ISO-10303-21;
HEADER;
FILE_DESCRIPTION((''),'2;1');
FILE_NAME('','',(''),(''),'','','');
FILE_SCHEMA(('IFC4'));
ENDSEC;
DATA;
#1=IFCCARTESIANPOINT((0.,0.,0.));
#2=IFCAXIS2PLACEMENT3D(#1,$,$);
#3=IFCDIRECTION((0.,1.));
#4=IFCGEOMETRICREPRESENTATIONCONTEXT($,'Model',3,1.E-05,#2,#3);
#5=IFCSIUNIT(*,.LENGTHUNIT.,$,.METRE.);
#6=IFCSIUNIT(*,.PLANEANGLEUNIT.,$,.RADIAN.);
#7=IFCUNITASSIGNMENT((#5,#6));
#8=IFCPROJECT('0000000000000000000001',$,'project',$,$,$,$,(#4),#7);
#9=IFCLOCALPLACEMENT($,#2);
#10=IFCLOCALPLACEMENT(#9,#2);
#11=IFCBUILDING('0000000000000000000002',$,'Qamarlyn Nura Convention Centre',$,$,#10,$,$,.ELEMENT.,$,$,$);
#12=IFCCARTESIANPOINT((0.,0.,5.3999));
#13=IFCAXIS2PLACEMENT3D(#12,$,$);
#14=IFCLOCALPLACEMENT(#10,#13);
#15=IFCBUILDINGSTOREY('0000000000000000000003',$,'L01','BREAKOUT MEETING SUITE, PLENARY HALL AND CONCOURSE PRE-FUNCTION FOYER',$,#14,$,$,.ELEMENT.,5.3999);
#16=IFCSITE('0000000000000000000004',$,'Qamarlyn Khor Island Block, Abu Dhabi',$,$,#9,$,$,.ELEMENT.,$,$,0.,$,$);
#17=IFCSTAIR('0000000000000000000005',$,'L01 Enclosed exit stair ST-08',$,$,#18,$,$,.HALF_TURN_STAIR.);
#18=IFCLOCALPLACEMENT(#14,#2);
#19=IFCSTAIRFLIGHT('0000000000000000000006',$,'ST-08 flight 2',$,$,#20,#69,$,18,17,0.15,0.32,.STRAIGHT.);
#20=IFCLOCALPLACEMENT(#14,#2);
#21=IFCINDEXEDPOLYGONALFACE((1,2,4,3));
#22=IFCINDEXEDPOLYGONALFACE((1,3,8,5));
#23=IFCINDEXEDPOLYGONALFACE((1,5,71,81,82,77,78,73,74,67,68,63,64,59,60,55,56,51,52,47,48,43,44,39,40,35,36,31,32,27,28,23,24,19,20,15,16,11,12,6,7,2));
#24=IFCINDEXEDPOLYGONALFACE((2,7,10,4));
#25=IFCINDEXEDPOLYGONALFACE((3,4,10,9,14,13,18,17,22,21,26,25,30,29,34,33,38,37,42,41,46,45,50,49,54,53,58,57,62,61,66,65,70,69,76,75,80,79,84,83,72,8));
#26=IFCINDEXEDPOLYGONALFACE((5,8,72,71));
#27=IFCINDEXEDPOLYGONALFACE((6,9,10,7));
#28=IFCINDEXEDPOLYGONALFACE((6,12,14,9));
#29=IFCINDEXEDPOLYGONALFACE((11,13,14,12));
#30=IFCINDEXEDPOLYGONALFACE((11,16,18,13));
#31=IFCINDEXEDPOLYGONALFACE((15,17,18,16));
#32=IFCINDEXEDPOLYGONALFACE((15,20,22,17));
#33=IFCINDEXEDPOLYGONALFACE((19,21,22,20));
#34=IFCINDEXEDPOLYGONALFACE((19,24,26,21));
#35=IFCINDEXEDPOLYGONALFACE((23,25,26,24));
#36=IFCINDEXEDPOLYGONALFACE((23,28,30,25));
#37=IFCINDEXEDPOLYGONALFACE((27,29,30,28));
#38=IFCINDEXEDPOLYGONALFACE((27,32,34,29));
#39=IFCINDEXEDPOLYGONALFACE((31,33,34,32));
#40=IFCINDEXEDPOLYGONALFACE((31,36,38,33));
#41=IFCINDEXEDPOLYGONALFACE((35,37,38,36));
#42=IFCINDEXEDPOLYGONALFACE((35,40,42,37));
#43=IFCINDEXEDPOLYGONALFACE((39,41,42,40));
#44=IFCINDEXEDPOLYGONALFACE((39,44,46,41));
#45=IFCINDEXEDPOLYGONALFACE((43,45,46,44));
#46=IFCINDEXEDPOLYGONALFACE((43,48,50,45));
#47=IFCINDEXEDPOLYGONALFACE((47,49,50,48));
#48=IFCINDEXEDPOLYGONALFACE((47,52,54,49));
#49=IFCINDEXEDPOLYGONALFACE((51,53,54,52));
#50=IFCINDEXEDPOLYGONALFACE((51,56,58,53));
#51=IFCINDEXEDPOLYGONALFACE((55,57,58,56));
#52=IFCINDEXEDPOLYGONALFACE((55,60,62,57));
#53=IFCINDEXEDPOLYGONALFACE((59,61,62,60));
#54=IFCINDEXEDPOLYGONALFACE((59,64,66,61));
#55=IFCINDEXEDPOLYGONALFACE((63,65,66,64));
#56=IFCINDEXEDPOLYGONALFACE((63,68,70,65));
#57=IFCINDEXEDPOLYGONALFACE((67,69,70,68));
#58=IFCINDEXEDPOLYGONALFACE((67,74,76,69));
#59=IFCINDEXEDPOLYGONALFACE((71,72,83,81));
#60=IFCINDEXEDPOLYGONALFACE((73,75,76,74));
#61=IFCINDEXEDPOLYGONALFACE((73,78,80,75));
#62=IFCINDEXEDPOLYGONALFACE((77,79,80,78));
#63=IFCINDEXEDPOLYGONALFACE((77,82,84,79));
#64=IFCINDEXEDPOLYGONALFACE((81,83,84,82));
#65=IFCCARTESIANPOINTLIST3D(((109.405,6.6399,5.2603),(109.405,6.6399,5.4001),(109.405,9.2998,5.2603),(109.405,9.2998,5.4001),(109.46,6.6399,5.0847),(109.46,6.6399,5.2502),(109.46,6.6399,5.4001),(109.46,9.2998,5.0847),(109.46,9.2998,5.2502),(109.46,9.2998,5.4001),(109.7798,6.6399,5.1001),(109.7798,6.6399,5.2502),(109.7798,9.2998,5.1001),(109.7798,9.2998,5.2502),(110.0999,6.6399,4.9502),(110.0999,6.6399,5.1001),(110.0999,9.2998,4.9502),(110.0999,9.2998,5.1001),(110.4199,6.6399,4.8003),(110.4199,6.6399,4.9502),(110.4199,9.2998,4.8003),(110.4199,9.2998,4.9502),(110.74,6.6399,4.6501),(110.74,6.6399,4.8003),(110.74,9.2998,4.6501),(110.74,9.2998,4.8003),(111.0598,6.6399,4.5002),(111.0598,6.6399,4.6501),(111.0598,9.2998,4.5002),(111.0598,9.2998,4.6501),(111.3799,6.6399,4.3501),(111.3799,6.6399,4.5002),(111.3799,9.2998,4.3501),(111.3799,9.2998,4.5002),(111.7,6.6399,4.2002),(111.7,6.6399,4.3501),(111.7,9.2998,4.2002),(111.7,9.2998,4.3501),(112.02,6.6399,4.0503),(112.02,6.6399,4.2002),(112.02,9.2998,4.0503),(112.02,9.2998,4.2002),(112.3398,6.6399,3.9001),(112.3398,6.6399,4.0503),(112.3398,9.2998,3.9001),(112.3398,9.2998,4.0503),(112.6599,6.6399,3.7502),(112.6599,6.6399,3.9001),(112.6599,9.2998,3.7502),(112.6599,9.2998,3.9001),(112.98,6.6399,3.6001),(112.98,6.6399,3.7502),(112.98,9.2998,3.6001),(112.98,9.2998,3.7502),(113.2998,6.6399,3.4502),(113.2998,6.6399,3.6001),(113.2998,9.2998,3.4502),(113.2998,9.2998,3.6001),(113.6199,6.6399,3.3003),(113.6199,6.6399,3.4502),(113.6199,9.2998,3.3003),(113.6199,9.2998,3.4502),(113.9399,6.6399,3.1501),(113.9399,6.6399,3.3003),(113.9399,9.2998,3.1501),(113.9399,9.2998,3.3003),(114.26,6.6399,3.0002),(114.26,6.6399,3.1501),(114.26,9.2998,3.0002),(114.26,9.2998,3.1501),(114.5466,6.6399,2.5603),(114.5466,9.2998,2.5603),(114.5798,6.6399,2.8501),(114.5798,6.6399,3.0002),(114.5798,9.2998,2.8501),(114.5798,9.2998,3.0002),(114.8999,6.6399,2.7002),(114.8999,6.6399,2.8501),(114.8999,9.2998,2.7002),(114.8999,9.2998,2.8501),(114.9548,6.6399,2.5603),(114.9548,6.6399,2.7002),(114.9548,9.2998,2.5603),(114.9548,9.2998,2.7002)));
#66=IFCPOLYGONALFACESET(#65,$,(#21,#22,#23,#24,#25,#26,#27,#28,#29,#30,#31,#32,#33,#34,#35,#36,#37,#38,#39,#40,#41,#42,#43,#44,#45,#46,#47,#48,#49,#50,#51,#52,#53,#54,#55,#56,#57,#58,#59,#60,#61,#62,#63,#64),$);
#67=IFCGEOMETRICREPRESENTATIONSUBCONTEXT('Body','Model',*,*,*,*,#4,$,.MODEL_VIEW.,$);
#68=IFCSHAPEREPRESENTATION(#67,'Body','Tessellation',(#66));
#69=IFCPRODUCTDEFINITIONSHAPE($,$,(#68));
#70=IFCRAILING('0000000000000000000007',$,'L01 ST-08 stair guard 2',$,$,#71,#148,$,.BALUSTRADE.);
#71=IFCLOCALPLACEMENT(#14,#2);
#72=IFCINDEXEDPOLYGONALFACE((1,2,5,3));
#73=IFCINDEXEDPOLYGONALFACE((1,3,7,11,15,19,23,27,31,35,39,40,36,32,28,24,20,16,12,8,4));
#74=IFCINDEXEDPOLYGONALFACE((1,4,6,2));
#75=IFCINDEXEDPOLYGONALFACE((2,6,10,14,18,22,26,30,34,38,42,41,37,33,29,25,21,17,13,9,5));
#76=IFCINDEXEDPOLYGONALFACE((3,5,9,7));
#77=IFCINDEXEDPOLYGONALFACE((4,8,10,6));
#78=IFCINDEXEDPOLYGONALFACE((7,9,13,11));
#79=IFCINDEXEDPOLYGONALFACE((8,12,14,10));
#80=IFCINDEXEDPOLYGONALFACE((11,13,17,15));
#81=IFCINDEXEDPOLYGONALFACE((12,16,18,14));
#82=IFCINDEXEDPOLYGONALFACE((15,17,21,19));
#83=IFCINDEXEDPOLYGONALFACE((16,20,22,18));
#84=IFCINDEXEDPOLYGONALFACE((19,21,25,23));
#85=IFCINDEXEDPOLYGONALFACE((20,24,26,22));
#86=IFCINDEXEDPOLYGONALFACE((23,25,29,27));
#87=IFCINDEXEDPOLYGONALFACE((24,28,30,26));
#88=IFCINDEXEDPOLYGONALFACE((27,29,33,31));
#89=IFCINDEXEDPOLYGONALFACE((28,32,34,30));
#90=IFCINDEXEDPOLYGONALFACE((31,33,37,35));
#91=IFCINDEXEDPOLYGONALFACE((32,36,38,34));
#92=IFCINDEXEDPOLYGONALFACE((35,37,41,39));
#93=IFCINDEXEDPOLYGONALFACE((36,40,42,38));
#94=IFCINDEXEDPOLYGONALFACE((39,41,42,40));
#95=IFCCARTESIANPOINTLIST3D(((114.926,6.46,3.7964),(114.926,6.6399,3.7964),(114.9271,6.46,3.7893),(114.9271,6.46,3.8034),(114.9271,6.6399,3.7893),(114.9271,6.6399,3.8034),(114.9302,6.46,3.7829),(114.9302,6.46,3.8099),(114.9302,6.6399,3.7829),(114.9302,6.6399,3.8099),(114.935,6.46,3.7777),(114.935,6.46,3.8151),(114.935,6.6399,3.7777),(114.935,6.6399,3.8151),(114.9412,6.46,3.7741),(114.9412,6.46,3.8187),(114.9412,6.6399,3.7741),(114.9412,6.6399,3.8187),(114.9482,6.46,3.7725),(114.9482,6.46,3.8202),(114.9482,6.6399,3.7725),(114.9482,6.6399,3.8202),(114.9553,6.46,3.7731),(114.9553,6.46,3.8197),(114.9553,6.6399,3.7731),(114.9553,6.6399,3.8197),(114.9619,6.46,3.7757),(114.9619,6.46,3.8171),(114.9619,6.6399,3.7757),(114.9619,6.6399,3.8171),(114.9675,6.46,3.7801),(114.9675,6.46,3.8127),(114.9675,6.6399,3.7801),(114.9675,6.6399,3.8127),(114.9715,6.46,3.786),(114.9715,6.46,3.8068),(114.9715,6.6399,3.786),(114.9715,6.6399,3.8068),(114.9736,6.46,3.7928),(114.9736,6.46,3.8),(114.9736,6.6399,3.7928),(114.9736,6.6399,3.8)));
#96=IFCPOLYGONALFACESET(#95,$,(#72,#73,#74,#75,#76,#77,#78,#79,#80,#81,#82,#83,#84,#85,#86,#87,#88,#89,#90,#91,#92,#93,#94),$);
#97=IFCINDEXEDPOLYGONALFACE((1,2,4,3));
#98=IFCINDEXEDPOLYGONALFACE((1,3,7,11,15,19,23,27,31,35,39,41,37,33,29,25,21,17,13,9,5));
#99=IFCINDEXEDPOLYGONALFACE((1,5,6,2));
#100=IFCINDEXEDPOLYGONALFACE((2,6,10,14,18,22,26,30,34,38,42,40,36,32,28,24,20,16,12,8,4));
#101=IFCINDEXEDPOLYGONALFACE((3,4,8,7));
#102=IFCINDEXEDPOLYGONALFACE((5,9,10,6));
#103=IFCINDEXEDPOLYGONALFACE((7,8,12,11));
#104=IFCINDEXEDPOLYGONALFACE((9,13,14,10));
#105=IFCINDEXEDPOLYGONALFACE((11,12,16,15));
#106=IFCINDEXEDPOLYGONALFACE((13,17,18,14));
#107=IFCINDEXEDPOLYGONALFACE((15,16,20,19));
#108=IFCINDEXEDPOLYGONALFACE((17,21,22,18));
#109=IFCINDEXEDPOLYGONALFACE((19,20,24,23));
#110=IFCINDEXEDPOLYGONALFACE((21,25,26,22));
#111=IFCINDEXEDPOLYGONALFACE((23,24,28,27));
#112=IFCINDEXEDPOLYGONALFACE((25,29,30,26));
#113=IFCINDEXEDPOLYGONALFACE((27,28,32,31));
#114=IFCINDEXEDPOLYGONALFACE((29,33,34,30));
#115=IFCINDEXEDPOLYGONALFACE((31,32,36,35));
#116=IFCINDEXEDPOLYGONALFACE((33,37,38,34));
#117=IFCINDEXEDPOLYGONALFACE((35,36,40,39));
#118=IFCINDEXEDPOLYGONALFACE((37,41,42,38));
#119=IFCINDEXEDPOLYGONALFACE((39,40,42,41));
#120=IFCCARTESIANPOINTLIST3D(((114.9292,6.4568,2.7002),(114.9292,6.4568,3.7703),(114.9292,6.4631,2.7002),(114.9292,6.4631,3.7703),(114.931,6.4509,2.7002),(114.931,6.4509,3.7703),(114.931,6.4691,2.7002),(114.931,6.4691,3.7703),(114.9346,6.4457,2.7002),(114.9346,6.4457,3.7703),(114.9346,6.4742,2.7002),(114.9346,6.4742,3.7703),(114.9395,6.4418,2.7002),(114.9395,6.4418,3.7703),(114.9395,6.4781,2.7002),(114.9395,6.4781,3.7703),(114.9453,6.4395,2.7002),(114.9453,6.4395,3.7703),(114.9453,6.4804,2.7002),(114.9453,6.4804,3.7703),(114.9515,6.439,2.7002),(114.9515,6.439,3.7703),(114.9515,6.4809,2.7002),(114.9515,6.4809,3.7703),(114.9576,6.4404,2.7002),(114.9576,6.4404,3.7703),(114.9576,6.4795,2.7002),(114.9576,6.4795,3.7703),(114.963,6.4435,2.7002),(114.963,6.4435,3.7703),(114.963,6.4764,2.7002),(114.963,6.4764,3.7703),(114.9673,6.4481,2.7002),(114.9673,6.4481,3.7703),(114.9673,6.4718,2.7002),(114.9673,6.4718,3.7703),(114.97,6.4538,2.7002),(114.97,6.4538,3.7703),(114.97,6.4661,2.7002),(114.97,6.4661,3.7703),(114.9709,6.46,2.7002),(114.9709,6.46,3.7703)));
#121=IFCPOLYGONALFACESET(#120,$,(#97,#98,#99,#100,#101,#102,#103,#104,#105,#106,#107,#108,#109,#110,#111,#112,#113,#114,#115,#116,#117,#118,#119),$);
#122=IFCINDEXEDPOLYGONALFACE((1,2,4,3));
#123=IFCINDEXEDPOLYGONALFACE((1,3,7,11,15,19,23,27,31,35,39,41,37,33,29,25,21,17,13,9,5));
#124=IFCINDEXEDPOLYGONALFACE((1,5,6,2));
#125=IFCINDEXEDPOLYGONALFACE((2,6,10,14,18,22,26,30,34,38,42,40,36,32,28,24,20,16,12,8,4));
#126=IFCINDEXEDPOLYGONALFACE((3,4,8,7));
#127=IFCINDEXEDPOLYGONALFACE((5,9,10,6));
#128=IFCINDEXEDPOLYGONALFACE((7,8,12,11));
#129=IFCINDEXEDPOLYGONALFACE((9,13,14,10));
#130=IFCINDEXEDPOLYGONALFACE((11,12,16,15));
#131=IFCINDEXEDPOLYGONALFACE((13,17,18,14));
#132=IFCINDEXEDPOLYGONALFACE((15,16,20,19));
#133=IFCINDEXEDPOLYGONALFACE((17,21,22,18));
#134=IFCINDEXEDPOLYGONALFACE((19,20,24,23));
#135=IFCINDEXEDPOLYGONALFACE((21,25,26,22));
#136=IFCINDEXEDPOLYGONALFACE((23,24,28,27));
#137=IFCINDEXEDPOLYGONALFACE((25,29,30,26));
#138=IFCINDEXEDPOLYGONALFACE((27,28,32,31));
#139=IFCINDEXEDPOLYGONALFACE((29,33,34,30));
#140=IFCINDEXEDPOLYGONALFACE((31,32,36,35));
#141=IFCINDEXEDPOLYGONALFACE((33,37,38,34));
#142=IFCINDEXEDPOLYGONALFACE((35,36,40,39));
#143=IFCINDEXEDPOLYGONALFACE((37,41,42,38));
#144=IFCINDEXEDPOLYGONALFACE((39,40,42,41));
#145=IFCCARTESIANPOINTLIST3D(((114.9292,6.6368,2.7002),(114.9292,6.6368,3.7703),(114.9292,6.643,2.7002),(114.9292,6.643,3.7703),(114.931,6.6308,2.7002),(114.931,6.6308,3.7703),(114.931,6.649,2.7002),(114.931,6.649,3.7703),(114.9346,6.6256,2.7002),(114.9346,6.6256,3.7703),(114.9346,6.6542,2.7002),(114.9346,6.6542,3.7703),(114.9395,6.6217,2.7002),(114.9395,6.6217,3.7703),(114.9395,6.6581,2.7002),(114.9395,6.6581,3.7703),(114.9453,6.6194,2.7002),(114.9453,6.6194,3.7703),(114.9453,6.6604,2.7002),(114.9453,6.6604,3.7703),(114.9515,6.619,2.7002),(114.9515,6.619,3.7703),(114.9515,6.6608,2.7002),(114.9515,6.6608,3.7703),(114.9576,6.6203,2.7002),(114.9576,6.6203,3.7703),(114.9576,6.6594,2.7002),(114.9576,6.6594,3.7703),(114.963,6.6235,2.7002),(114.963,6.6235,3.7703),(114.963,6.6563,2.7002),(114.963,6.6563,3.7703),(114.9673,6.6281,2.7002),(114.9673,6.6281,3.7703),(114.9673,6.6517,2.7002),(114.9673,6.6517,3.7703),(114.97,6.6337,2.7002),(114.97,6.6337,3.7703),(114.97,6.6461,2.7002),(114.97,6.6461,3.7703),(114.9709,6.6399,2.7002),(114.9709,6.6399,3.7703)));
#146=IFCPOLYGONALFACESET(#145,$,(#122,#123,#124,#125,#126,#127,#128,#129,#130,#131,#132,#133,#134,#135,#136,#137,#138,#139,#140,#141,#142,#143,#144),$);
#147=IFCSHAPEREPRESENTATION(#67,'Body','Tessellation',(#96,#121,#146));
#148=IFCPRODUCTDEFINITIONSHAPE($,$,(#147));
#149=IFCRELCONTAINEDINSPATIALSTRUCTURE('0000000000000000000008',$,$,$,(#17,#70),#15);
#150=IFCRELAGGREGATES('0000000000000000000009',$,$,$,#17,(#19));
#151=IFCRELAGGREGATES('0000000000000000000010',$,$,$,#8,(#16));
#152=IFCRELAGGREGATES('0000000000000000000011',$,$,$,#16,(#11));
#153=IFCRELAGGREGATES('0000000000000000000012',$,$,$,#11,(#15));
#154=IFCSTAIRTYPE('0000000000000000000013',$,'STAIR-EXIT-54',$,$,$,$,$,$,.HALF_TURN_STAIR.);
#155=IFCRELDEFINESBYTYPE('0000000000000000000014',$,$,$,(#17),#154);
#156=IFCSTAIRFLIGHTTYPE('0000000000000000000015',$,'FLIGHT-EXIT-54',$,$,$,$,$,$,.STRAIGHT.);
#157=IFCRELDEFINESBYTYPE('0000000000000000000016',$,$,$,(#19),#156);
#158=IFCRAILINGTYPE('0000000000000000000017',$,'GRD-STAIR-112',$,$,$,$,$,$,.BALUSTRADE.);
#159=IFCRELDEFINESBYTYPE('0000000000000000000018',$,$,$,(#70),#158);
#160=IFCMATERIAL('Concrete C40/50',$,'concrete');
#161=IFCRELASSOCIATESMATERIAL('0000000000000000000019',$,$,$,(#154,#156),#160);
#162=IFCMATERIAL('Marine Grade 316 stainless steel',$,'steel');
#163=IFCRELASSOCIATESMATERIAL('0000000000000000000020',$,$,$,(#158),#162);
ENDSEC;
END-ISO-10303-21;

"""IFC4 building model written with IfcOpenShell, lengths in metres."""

from ifc_helpers import new_model, si_unit, direction, frame, origin, origin_2d, place, context, subcontext, project, spatial, polyline, circle, outline, extrude, material, type_object, element, aggregate, save


model = new_model("IFC4")

# Units and contexts
model_context = context("Model", 3, precision=1e-05, world=origin(), true_north=direction((0.0, 1.0)))
body_context = subcontext(model_context, "Body", "Model", "MODEL_VIEW")
ifc_project = project(units=[si_unit("LENGTHUNIT", "METRE"), si_unit("PLANEANGLEUNIT", "RADIAN")], contexts=[model_context])

# Site, building, storey
site_placement = place(None, origin())
site = spatial("IfcSite", under=ifc_project, at=site_placement, Name="Qamarlyn Khor Island Block, Abu Dhabi", CompositionType="ELEMENT", RefElevation=0.0)
building_placement = place(site_placement, origin())
building = spatial("IfcBuilding", under=site, at=building_placement, Name="Qamarlyn Nura Convention Centre", CompositionType="ELEMENT")
storey_placement = place(building_placement, frame((0.0, 0.0, 5.3999)))
storey = spatial("IfcBuildingStorey", under=building, at=storey_placement, Name="L01", Description="BREAKOUT MEETING SUITE, PLENARY HALL AND CONCOURSE PRE-FUNCTION FOYER", CompositionType="ELEMENT", Elevation=5.3999)

# Stair, stair flight
ifc_material_1 = material(Name="Concrete C40/50", Category="concrete")
stair_type = type_object("IfcStairType", Name="STAIR-EXIT-54", PredefinedType="HALF_TURN_STAIR", material=ifc_material_1)
stair_placement = place(storey_placement, origin())
stair = element("IfcStair", 1, at=stair_placement, inside=storey, type_object=stair_type, Name="L01 Enclosed exit stair ST-08", PredefinedType="HALF_TURN_STAIR")
stair_flight_type = type_object("IfcStairFlightType", Name="FLIGHT-EXIT-54", PredefinedType="STRAIGHT", material=ifc_material_1)
stair_flight_placement = place(storey_placement, frame((114.8999, 7.97, 2.7002), z_axis=(0.0, 0.0, 1.0), x_axis=(-1.0, 0.0, 0.0)))
stair_flight = element("IfcStairFlight", 2, at=stair_flight_placement, type_object=stair_flight_type, Name="ST-08 flight 2", NumberOfRisers=18, NumberOfTreads=17, PredefinedType="STRAIGHT", RiserHeight=0.15, TreadLength=0.32, context=body_context, shape_type="SweptSolid", body=[
    extrude(outline(polyline([(-0.0549, 0.0), (0.0, 0.0), (0.0, 0.1499), (0.3201, 0.1499), (0.3201, 0.3), (0.6399, 0.3), (0.6399, 0.45), (0.96, 0.45), (0.96, 0.6001), (1.28, 0.6001), (1.28, 0.75), (1.6001, 0.75), (1.6001, 0.8999), (1.9199, 0.8999), (1.9199, 1.05), (2.24, 1.05), (2.24, 1.2), (2.5601, 1.2), (2.5601, 1.3501), (2.8799, 1.3501), (2.8799, 1.5), (3.2, 1.5), (3.2, 1.6499), (3.52, 1.6499), (3.52, 1.8), (3.8401, 1.8), (3.8401, 1.95), (4.1599, 1.95), (4.1599, 2.1001), (4.48, 2.1001), (4.48, 2.25), (4.8, 2.25), (4.8, 2.3999), (5.1201, 2.3999), (5.1201, 2.55), (5.4399, 2.55), (5.4399, 2.7), (5.4949, 2.7), (5.4949, 2.5601), (5.4399, 2.3845), (0.3533, -0.1399), (-0.0549, -0.1399), (-0.0549, 0.0)])), frame((0.0, 1.3301, 0.0), z_axis=(0.0, -1.0, 0.0), x_axis=(1.0, 0.0, 0.0)), (0.0, 0.0, 1.0), 2.6599),
])
aggregate(stair, [stair_flight])

# Railing
ifc_material_2 = material(Name="Marine Grade 316 stainless steel", Category="steel")
railing_type_1 = type_object("IfcRailingType", Name="GRD-STAIR-112", PredefinedType="BALUSTRADE", material=ifc_material_2)
railing_1_placement = place(storey_placement, frame((114.95, 6.46, 2.7002)))
element("IfcRailing", 3, at=railing_1_placement, inside=storey, type_object=railing_type_1, Name="L01 ST-08 stair guard 2", PredefinedType="BALUSTRADE", context=body_context, shape_type="SweptSolid", body=[
    extrude(circle(Radius=0.0239, at=origin_2d()), frame((0.0, 0.0, 1.0962), z_axis=(0.0, 1.0, 0.0), x_axis=(-1.0, 0.0, 0.0)), (0.0, 0.0, 1.0), 0.1799),
    extrude(circle(Radius=0.021, at=origin_2d()), origin(), (0.0, 0.0, 1.0), 1.0701),
    extrude(circle(Radius=0.021, at=origin_2d()), frame((0.0, 0.1799, 0.0)), (0.0, 0.0, 1.0), 1.0701),
])

save(model, "model.ifc")
